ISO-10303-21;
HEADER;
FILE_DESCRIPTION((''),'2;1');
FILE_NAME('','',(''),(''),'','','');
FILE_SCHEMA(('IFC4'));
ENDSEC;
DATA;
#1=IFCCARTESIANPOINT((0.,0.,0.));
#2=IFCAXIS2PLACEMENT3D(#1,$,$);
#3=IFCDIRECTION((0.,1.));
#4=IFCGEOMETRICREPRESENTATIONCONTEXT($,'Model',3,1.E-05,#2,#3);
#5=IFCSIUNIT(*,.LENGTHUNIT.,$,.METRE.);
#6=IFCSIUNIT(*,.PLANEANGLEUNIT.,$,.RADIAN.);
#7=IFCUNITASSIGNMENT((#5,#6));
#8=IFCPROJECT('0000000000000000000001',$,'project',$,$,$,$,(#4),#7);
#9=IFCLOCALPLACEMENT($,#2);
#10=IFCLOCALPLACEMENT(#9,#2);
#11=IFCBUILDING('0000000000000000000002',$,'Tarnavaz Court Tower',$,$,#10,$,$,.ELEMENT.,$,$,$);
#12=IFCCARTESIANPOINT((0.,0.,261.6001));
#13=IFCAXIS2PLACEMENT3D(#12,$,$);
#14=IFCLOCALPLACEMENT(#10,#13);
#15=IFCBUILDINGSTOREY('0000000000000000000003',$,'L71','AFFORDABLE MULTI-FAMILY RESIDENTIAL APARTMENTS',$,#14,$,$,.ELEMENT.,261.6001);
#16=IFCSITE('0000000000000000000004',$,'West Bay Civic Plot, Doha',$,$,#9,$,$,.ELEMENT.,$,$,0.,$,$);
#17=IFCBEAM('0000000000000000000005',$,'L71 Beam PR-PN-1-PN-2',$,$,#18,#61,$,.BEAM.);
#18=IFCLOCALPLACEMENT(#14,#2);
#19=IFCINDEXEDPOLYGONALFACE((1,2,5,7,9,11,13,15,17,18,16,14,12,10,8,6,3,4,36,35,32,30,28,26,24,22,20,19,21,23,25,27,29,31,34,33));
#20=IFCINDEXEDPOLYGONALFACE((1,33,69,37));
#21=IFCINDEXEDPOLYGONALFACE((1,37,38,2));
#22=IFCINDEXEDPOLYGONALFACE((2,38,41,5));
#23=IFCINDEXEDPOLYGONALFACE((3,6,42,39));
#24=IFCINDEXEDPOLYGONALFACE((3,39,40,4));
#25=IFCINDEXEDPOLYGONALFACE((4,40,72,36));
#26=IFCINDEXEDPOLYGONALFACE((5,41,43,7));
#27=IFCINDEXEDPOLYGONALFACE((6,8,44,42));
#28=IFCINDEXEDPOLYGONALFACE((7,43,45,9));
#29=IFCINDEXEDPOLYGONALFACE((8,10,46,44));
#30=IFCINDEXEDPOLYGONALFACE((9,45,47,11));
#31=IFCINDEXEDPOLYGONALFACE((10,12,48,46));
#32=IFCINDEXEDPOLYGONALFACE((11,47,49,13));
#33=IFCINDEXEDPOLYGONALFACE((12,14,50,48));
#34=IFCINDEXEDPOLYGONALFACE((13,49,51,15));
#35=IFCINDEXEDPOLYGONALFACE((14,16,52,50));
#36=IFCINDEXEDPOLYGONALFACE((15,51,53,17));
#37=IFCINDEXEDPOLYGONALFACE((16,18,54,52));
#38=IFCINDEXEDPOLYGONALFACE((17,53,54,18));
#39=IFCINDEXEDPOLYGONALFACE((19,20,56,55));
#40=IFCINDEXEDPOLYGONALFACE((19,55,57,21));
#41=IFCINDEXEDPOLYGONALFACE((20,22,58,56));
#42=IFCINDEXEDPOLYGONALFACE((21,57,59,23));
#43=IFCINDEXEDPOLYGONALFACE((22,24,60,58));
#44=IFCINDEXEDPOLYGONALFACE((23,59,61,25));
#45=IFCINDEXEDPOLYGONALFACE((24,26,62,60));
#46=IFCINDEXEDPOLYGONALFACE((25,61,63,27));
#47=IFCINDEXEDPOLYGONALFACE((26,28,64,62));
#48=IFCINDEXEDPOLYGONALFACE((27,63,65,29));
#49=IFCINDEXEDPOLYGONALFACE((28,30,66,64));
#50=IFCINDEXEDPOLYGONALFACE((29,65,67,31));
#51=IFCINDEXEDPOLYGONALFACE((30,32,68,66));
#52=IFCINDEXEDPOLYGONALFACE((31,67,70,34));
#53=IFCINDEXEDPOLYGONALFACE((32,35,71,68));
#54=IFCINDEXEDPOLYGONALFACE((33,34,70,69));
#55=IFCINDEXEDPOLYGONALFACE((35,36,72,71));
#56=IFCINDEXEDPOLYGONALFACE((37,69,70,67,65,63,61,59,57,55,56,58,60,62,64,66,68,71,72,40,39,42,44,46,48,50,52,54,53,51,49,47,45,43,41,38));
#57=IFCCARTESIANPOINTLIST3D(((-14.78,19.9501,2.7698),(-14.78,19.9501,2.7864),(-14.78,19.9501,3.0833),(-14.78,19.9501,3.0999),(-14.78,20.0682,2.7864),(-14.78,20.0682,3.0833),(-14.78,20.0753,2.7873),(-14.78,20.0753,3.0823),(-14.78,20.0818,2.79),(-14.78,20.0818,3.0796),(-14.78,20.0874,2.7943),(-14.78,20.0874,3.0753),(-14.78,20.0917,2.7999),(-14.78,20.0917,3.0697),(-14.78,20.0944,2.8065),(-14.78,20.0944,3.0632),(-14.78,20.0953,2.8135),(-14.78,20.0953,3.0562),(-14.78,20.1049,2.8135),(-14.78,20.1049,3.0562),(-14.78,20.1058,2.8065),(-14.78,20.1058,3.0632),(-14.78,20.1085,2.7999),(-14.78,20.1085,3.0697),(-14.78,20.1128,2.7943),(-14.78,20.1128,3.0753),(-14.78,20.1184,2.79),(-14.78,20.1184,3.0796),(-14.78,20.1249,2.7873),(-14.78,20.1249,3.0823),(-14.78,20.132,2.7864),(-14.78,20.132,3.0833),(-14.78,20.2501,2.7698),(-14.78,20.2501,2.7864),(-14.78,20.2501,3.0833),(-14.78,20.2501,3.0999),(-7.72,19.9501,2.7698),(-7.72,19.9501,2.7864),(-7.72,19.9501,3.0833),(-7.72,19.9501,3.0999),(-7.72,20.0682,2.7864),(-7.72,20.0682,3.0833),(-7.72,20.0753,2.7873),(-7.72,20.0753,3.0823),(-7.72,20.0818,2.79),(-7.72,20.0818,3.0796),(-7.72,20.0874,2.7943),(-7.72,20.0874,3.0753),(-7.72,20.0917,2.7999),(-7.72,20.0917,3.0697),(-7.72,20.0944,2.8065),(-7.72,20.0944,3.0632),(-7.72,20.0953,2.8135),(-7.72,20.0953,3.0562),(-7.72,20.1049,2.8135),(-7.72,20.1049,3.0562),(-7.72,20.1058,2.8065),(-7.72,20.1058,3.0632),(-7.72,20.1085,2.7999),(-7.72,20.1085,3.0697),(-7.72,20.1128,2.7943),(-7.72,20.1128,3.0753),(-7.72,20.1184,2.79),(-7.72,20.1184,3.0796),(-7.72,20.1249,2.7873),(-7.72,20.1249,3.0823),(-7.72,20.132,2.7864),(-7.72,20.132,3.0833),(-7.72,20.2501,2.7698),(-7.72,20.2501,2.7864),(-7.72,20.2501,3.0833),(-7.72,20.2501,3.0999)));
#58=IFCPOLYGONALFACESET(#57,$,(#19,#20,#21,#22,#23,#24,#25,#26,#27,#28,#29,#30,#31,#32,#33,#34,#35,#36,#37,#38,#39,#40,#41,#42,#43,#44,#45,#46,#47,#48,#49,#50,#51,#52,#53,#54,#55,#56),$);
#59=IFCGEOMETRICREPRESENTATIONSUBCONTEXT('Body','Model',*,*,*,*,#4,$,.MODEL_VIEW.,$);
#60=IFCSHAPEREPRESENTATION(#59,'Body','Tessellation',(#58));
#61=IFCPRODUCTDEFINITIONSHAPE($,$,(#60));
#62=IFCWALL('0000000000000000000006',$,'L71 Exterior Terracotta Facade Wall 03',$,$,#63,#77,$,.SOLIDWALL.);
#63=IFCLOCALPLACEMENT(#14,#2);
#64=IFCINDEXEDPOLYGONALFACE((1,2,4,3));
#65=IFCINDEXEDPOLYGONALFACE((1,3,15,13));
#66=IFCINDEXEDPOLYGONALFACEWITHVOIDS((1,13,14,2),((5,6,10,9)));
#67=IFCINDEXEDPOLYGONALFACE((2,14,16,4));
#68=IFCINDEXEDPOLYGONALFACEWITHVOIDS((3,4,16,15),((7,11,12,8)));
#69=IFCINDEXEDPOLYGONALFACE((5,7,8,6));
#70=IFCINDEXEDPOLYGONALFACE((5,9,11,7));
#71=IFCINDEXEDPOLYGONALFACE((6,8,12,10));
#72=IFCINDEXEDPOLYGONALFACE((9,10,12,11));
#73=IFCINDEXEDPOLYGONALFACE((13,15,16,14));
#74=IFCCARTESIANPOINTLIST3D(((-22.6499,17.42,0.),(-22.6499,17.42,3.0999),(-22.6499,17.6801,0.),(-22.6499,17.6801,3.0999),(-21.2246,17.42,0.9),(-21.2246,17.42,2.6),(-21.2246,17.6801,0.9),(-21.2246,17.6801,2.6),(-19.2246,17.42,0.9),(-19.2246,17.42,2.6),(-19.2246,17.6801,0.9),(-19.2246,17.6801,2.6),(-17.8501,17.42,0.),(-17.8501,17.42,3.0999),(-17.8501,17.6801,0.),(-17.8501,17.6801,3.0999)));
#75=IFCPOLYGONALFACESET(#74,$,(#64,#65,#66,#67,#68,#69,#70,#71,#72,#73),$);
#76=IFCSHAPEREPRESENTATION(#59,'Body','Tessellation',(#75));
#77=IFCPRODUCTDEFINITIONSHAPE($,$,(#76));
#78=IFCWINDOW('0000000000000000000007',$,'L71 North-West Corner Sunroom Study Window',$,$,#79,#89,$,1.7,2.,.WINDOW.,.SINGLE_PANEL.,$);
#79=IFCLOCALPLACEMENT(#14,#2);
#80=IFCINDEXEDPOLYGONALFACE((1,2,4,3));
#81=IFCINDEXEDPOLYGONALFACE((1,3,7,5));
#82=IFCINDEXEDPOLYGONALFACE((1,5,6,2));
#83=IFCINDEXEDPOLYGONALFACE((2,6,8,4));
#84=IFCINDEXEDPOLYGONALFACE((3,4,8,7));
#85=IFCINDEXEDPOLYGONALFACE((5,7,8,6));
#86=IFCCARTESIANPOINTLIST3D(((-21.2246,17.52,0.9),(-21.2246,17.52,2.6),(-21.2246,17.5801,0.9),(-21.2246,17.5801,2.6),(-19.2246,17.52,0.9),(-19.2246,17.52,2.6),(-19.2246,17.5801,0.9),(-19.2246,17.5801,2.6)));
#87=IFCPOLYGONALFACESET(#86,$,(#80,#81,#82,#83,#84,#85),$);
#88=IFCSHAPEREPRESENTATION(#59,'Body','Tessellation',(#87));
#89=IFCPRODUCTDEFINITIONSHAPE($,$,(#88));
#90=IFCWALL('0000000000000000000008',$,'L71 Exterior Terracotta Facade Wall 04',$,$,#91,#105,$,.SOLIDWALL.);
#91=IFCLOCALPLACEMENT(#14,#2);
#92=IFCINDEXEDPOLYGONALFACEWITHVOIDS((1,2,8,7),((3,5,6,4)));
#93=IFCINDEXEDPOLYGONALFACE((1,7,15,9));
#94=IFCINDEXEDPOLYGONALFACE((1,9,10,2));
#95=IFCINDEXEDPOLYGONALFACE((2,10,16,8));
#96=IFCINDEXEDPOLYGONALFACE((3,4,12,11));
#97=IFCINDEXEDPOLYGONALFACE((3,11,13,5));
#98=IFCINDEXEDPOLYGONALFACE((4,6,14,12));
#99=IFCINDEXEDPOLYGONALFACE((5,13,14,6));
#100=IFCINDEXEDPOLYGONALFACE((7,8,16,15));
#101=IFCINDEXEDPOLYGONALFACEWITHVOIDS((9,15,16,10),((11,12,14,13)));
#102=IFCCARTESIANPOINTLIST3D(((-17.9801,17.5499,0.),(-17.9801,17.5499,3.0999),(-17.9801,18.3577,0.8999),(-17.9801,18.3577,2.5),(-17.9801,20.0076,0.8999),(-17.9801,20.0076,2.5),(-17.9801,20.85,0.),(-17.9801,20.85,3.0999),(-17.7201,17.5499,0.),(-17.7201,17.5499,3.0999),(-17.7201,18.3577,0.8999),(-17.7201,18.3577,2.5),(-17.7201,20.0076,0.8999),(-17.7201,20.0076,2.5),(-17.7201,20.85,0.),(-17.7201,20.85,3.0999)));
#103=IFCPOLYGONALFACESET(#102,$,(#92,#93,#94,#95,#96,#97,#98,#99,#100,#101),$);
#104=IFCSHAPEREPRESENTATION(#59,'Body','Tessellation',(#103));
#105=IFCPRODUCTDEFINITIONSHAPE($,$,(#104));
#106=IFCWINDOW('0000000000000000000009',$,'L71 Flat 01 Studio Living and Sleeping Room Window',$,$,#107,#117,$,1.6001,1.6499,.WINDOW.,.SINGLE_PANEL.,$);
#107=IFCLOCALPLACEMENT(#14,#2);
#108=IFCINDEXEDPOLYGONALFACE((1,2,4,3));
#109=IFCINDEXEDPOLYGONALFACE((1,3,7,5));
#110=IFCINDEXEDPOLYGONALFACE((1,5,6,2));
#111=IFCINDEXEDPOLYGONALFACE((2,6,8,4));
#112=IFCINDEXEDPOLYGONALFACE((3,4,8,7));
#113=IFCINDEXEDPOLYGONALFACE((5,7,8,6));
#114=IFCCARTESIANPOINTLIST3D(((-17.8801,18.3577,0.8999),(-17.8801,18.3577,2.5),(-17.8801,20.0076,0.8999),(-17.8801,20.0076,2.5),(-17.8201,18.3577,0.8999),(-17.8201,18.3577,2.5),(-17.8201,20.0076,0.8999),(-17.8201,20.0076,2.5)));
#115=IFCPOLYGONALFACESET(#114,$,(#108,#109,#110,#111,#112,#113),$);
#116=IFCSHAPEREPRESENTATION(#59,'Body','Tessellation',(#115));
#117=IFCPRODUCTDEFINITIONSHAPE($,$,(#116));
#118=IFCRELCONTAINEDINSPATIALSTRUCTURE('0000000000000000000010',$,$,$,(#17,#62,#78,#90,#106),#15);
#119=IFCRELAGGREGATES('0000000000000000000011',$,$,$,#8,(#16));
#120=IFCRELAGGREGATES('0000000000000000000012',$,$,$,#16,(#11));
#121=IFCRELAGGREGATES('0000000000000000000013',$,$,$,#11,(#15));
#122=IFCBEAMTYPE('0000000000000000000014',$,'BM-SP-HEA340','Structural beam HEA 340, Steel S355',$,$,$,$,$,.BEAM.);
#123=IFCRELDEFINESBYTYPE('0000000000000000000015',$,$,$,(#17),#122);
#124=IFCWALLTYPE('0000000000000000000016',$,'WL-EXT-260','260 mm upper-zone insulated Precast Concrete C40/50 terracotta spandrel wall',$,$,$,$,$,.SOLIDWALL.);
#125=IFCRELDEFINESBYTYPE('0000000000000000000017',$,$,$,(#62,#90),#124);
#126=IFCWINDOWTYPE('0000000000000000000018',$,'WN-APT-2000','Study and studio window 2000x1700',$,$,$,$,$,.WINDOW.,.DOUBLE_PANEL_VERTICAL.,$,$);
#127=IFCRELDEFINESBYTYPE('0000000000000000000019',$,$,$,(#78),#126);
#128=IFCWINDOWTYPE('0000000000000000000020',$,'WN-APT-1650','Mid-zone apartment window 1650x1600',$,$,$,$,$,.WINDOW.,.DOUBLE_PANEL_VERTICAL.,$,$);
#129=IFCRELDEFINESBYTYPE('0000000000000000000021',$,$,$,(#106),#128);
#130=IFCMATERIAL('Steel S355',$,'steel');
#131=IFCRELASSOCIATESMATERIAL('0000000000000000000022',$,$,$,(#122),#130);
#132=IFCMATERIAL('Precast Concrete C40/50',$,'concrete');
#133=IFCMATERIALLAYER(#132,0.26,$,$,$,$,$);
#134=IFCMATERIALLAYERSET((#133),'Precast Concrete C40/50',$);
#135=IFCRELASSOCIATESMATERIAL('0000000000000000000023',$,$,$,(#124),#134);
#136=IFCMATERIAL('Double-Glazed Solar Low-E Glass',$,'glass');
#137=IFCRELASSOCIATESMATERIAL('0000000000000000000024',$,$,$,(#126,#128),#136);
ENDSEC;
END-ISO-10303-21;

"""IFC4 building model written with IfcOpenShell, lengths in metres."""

from ifc_helpers import new_model, si_unit, direction, frame, frame_2d, origin, origin_2d, place, context, subcontext, project, spatial, rectangle, i_section, extrude, material, layer, layer_set, material_profile, profile_set, type_object, element, fill, save


model = new_model("IFC4")

# Units and contexts
model_context = context("Model", 3, precision=1e-05, world=origin(), true_north=direction((0.0, 1.0)))
body_context = subcontext(model_context, "Body", "Model", "MODEL_VIEW")
ifc_project = project(units=[si_unit("LENGTHUNIT", "METRE"), si_unit("PLANEANGLEUNIT", "RADIAN")], contexts=[model_context])

# Site, building, storey
site_placement = place(None, origin())
site = spatial("IfcSite", under=ifc_project, at=site_placement, Name="West Bay Civic Plot, Doha", CompositionType="ELEMENT", RefElevation=0.0)
building_placement = place(site_placement, origin())
building = spatial("IfcBuilding", under=site, at=building_placement, Name="Tarnavaz Court Tower", CompositionType="ELEMENT")
storey_placement = place(building_placement, frame((0.0, 0.0, 261.6001)))
storey = spatial("IfcBuildingStorey", under=building, at=storey_placement, Name="L71", Description="AFFORDABLE MULTI-FAMILY RESIDENTIAL APARTMENTS", CompositionType="ELEMENT", Elevation=261.6001)

# Beam
ifc_material_1 = material(Name="Steel S355", Category="steel")
ifc_material_profile_1 = material_profile(ifc_material_1, i_section(OverallWidth=0.3, OverallDepth=0.3301, WebThickness=0.0095, FlangeThickness=0.0166, FilletRadius=0.0271, at=origin_2d()), Name="HEA 340")
ifc_profile_set_1 = profile_set([ifc_material_profile_1], Name="Steel S355")
beam_type_1 = type_object("IfcBeamType", Name="BM-SP-HEA340", Description="Structural beam HEA 340, Steel S355", PredefinedType="BEAM", material=ifc_profile_set_1)
beam_placement = place(storey_placement, frame((-14.78, 20.1001, 2.9348), z_axis=(1.0, 0.0, 0.0), x_axis=(0.0, 1.0, 0.0)))
element("IfcBeam", 1, at=beam_placement, inside=storey, type_object=beam_type_1, Name="L71 Beam PR-PN-1-PN-2", PredefinedType="BEAM", context=body_context, shape_type="SweptSolid", body=[
    extrude(i_section(OverallWidth=0.3, OverallDepth=0.3301, WebThickness=0.0095, FlangeThickness=0.0166, FilletRadius=0.0271, at=origin_2d()), origin(), (0.0, 0.0, 1.0), 7.0601),
])

# Walls, openings, windows
ifc_material_2 = material(Name="Precast Concrete C40/50", Category="concrete")
ifc_layer = layer(ifc_material_2, 0.26)
ifc_layer_set = layer_set([ifc_layer], Name="Precast Concrete C40/50")
wall_type = type_object("IfcWallType", Name="WL-EXT-260", Description="260 mm upper-zone insulated Precast Concrete C40/50 terracotta spandrel wall", PredefinedType="SOLIDWALL", material=ifc_layer_set)
wall_1_placement = place(storey_placement, frame((-22.6499, 17.55, 0.0), z_axis=(0.0, 0.0, 1.0), x_axis=(1.0, 0.0, 0.0)))
wall_1 = element("IfcWall", 2, at=wall_1_placement, inside=storey, type_object=wall_type, Name="L71 Exterior Terracotta Facade Wall 03", PredefinedType="SOLIDWALL", context=body_context, shape_type="SweptSolid", body=[
    extrude(rectangle(XDim=4.7998, YDim=0.26, at=frame_2d((2.3999, 0.0))), origin(), (0.0, 0.0, 1.0), 3.0999),
])
opening_1_placement = place(wall_1_placement, frame((1.4253, 0.0, 0.8999)))
opening_1 = element("IfcOpeningElement", 3, at=opening_1_placement, cuts=wall_1, PredefinedType="OPENING", context=body_context, shape_type="SweptSolid", body=[
    extrude(rectangle(XDim=2.0, YDim=1.7, at=frame_2d((1.0, 0.8501))), frame((0.0, 0.1399, 0.0), z_axis=(0.0, -1.0, 0.0), x_axis=(1.0, 0.0, 0.0)), (0.0, 0.0, 1.0), 0.28),
])
ifc_material_3 = material(Name="Double-Glazed Solar Low-E Glass", Category="glass")
window_type_1 = type_object("IfcWindowType", Name="WN-APT-2000", Description="Study and studio window 2000x1700", PartitioningType="DOUBLE_PANEL_VERTICAL", PredefinedType="WINDOW", material=ifc_material_3)
window_1_placement = place(opening_1_placement, origin())
window_1 = element("IfcWindow", 4, at=window_1_placement, inside=storey, type_object=window_type_1, Name="L71 North-West Corner Sunroom Study Window", OverallHeight=1.7, OverallWidth=2.0, PartitioningType="SINGLE_PANEL", PredefinedType="WINDOW", context=body_context, shape_type="SweptSolid", body=[
    extrude(rectangle(XDim=2.0, YDim=1.7, at=frame_2d((1.0, 0.8501))), frame((0.0, 0.03, 0.0), z_axis=(0.0, -1.0, 0.0), x_axis=(1.0, 0.0, 0.0)), (0.0, 0.0, 1.0), 0.0601),
])
fill(opening_1, window_1)
wall_2_placement = place(storey_placement, frame((-17.8501, 17.55, 0.0), z_axis=(0.0, 0.0, 1.0), x_axis=(0.0, 1.0, 0.0)))
wall_2 = element("IfcWall", 5, at=wall_2_placement, inside=storey, type_object=wall_type, Name="L71 Exterior Terracotta Facade Wall 04", PredefinedType="SOLIDWALL", context=body_context, shape_type="SweptSolid", body=[
    extrude(rectangle(XDim=3.3, YDim=0.26, at=frame_2d((1.6499, 0.0))), origin(), (0.0, 0.0, 1.0), 3.0999),
])
opening_2_placement = place(wall_2_placement, frame((0.8076, 0.0, 0.8999)))
opening_2 = element("IfcOpeningElement", 6, at=opening_2_placement, cuts=wall_2, PredefinedType="OPENING", context=body_context, shape_type="SweptSolid", body=[
    extrude(rectangle(XDim=1.6499, YDim=1.6001, at=frame_2d((0.825, 0.8))), frame((0.0, 0.1399, 0.0), z_axis=(0.0, -1.0, 0.0), x_axis=(1.0, 0.0, 0.0)), (0.0, 0.0, 1.0), 0.28),
])
window_type_2 = type_object("IfcWindowType", Name="WN-APT-1650", Description="Mid-zone apartment window 1650x1600", PartitioningType="DOUBLE_PANEL_VERTICAL", PredefinedType="WINDOW", material=ifc_material_3)
window_2_placement = place(opening_2_placement, origin())
window_2 = element("IfcWindow", 7, at=window_2_placement, inside=storey, type_object=window_type_2, Name="L71 Flat 01 Studio Living and Sleeping Room Window", OverallHeight=1.6001, OverallWidth=1.6499, PartitioningType="SINGLE_PANEL", PredefinedType="WINDOW", context=body_context, shape_type="SweptSolid", body=[
    extrude(rectangle(XDim=1.6499, YDim=1.6001, at=frame_2d((0.825, 0.8))), frame((0.0, 0.03, 0.0), z_axis=(0.0, -1.0, 0.0), x_axis=(1.0, 0.0, 0.0)), (0.0, 0.0, 1.0), 0.0601),
])
fill(opening_2, window_2)

save(model, "model.ifc")
